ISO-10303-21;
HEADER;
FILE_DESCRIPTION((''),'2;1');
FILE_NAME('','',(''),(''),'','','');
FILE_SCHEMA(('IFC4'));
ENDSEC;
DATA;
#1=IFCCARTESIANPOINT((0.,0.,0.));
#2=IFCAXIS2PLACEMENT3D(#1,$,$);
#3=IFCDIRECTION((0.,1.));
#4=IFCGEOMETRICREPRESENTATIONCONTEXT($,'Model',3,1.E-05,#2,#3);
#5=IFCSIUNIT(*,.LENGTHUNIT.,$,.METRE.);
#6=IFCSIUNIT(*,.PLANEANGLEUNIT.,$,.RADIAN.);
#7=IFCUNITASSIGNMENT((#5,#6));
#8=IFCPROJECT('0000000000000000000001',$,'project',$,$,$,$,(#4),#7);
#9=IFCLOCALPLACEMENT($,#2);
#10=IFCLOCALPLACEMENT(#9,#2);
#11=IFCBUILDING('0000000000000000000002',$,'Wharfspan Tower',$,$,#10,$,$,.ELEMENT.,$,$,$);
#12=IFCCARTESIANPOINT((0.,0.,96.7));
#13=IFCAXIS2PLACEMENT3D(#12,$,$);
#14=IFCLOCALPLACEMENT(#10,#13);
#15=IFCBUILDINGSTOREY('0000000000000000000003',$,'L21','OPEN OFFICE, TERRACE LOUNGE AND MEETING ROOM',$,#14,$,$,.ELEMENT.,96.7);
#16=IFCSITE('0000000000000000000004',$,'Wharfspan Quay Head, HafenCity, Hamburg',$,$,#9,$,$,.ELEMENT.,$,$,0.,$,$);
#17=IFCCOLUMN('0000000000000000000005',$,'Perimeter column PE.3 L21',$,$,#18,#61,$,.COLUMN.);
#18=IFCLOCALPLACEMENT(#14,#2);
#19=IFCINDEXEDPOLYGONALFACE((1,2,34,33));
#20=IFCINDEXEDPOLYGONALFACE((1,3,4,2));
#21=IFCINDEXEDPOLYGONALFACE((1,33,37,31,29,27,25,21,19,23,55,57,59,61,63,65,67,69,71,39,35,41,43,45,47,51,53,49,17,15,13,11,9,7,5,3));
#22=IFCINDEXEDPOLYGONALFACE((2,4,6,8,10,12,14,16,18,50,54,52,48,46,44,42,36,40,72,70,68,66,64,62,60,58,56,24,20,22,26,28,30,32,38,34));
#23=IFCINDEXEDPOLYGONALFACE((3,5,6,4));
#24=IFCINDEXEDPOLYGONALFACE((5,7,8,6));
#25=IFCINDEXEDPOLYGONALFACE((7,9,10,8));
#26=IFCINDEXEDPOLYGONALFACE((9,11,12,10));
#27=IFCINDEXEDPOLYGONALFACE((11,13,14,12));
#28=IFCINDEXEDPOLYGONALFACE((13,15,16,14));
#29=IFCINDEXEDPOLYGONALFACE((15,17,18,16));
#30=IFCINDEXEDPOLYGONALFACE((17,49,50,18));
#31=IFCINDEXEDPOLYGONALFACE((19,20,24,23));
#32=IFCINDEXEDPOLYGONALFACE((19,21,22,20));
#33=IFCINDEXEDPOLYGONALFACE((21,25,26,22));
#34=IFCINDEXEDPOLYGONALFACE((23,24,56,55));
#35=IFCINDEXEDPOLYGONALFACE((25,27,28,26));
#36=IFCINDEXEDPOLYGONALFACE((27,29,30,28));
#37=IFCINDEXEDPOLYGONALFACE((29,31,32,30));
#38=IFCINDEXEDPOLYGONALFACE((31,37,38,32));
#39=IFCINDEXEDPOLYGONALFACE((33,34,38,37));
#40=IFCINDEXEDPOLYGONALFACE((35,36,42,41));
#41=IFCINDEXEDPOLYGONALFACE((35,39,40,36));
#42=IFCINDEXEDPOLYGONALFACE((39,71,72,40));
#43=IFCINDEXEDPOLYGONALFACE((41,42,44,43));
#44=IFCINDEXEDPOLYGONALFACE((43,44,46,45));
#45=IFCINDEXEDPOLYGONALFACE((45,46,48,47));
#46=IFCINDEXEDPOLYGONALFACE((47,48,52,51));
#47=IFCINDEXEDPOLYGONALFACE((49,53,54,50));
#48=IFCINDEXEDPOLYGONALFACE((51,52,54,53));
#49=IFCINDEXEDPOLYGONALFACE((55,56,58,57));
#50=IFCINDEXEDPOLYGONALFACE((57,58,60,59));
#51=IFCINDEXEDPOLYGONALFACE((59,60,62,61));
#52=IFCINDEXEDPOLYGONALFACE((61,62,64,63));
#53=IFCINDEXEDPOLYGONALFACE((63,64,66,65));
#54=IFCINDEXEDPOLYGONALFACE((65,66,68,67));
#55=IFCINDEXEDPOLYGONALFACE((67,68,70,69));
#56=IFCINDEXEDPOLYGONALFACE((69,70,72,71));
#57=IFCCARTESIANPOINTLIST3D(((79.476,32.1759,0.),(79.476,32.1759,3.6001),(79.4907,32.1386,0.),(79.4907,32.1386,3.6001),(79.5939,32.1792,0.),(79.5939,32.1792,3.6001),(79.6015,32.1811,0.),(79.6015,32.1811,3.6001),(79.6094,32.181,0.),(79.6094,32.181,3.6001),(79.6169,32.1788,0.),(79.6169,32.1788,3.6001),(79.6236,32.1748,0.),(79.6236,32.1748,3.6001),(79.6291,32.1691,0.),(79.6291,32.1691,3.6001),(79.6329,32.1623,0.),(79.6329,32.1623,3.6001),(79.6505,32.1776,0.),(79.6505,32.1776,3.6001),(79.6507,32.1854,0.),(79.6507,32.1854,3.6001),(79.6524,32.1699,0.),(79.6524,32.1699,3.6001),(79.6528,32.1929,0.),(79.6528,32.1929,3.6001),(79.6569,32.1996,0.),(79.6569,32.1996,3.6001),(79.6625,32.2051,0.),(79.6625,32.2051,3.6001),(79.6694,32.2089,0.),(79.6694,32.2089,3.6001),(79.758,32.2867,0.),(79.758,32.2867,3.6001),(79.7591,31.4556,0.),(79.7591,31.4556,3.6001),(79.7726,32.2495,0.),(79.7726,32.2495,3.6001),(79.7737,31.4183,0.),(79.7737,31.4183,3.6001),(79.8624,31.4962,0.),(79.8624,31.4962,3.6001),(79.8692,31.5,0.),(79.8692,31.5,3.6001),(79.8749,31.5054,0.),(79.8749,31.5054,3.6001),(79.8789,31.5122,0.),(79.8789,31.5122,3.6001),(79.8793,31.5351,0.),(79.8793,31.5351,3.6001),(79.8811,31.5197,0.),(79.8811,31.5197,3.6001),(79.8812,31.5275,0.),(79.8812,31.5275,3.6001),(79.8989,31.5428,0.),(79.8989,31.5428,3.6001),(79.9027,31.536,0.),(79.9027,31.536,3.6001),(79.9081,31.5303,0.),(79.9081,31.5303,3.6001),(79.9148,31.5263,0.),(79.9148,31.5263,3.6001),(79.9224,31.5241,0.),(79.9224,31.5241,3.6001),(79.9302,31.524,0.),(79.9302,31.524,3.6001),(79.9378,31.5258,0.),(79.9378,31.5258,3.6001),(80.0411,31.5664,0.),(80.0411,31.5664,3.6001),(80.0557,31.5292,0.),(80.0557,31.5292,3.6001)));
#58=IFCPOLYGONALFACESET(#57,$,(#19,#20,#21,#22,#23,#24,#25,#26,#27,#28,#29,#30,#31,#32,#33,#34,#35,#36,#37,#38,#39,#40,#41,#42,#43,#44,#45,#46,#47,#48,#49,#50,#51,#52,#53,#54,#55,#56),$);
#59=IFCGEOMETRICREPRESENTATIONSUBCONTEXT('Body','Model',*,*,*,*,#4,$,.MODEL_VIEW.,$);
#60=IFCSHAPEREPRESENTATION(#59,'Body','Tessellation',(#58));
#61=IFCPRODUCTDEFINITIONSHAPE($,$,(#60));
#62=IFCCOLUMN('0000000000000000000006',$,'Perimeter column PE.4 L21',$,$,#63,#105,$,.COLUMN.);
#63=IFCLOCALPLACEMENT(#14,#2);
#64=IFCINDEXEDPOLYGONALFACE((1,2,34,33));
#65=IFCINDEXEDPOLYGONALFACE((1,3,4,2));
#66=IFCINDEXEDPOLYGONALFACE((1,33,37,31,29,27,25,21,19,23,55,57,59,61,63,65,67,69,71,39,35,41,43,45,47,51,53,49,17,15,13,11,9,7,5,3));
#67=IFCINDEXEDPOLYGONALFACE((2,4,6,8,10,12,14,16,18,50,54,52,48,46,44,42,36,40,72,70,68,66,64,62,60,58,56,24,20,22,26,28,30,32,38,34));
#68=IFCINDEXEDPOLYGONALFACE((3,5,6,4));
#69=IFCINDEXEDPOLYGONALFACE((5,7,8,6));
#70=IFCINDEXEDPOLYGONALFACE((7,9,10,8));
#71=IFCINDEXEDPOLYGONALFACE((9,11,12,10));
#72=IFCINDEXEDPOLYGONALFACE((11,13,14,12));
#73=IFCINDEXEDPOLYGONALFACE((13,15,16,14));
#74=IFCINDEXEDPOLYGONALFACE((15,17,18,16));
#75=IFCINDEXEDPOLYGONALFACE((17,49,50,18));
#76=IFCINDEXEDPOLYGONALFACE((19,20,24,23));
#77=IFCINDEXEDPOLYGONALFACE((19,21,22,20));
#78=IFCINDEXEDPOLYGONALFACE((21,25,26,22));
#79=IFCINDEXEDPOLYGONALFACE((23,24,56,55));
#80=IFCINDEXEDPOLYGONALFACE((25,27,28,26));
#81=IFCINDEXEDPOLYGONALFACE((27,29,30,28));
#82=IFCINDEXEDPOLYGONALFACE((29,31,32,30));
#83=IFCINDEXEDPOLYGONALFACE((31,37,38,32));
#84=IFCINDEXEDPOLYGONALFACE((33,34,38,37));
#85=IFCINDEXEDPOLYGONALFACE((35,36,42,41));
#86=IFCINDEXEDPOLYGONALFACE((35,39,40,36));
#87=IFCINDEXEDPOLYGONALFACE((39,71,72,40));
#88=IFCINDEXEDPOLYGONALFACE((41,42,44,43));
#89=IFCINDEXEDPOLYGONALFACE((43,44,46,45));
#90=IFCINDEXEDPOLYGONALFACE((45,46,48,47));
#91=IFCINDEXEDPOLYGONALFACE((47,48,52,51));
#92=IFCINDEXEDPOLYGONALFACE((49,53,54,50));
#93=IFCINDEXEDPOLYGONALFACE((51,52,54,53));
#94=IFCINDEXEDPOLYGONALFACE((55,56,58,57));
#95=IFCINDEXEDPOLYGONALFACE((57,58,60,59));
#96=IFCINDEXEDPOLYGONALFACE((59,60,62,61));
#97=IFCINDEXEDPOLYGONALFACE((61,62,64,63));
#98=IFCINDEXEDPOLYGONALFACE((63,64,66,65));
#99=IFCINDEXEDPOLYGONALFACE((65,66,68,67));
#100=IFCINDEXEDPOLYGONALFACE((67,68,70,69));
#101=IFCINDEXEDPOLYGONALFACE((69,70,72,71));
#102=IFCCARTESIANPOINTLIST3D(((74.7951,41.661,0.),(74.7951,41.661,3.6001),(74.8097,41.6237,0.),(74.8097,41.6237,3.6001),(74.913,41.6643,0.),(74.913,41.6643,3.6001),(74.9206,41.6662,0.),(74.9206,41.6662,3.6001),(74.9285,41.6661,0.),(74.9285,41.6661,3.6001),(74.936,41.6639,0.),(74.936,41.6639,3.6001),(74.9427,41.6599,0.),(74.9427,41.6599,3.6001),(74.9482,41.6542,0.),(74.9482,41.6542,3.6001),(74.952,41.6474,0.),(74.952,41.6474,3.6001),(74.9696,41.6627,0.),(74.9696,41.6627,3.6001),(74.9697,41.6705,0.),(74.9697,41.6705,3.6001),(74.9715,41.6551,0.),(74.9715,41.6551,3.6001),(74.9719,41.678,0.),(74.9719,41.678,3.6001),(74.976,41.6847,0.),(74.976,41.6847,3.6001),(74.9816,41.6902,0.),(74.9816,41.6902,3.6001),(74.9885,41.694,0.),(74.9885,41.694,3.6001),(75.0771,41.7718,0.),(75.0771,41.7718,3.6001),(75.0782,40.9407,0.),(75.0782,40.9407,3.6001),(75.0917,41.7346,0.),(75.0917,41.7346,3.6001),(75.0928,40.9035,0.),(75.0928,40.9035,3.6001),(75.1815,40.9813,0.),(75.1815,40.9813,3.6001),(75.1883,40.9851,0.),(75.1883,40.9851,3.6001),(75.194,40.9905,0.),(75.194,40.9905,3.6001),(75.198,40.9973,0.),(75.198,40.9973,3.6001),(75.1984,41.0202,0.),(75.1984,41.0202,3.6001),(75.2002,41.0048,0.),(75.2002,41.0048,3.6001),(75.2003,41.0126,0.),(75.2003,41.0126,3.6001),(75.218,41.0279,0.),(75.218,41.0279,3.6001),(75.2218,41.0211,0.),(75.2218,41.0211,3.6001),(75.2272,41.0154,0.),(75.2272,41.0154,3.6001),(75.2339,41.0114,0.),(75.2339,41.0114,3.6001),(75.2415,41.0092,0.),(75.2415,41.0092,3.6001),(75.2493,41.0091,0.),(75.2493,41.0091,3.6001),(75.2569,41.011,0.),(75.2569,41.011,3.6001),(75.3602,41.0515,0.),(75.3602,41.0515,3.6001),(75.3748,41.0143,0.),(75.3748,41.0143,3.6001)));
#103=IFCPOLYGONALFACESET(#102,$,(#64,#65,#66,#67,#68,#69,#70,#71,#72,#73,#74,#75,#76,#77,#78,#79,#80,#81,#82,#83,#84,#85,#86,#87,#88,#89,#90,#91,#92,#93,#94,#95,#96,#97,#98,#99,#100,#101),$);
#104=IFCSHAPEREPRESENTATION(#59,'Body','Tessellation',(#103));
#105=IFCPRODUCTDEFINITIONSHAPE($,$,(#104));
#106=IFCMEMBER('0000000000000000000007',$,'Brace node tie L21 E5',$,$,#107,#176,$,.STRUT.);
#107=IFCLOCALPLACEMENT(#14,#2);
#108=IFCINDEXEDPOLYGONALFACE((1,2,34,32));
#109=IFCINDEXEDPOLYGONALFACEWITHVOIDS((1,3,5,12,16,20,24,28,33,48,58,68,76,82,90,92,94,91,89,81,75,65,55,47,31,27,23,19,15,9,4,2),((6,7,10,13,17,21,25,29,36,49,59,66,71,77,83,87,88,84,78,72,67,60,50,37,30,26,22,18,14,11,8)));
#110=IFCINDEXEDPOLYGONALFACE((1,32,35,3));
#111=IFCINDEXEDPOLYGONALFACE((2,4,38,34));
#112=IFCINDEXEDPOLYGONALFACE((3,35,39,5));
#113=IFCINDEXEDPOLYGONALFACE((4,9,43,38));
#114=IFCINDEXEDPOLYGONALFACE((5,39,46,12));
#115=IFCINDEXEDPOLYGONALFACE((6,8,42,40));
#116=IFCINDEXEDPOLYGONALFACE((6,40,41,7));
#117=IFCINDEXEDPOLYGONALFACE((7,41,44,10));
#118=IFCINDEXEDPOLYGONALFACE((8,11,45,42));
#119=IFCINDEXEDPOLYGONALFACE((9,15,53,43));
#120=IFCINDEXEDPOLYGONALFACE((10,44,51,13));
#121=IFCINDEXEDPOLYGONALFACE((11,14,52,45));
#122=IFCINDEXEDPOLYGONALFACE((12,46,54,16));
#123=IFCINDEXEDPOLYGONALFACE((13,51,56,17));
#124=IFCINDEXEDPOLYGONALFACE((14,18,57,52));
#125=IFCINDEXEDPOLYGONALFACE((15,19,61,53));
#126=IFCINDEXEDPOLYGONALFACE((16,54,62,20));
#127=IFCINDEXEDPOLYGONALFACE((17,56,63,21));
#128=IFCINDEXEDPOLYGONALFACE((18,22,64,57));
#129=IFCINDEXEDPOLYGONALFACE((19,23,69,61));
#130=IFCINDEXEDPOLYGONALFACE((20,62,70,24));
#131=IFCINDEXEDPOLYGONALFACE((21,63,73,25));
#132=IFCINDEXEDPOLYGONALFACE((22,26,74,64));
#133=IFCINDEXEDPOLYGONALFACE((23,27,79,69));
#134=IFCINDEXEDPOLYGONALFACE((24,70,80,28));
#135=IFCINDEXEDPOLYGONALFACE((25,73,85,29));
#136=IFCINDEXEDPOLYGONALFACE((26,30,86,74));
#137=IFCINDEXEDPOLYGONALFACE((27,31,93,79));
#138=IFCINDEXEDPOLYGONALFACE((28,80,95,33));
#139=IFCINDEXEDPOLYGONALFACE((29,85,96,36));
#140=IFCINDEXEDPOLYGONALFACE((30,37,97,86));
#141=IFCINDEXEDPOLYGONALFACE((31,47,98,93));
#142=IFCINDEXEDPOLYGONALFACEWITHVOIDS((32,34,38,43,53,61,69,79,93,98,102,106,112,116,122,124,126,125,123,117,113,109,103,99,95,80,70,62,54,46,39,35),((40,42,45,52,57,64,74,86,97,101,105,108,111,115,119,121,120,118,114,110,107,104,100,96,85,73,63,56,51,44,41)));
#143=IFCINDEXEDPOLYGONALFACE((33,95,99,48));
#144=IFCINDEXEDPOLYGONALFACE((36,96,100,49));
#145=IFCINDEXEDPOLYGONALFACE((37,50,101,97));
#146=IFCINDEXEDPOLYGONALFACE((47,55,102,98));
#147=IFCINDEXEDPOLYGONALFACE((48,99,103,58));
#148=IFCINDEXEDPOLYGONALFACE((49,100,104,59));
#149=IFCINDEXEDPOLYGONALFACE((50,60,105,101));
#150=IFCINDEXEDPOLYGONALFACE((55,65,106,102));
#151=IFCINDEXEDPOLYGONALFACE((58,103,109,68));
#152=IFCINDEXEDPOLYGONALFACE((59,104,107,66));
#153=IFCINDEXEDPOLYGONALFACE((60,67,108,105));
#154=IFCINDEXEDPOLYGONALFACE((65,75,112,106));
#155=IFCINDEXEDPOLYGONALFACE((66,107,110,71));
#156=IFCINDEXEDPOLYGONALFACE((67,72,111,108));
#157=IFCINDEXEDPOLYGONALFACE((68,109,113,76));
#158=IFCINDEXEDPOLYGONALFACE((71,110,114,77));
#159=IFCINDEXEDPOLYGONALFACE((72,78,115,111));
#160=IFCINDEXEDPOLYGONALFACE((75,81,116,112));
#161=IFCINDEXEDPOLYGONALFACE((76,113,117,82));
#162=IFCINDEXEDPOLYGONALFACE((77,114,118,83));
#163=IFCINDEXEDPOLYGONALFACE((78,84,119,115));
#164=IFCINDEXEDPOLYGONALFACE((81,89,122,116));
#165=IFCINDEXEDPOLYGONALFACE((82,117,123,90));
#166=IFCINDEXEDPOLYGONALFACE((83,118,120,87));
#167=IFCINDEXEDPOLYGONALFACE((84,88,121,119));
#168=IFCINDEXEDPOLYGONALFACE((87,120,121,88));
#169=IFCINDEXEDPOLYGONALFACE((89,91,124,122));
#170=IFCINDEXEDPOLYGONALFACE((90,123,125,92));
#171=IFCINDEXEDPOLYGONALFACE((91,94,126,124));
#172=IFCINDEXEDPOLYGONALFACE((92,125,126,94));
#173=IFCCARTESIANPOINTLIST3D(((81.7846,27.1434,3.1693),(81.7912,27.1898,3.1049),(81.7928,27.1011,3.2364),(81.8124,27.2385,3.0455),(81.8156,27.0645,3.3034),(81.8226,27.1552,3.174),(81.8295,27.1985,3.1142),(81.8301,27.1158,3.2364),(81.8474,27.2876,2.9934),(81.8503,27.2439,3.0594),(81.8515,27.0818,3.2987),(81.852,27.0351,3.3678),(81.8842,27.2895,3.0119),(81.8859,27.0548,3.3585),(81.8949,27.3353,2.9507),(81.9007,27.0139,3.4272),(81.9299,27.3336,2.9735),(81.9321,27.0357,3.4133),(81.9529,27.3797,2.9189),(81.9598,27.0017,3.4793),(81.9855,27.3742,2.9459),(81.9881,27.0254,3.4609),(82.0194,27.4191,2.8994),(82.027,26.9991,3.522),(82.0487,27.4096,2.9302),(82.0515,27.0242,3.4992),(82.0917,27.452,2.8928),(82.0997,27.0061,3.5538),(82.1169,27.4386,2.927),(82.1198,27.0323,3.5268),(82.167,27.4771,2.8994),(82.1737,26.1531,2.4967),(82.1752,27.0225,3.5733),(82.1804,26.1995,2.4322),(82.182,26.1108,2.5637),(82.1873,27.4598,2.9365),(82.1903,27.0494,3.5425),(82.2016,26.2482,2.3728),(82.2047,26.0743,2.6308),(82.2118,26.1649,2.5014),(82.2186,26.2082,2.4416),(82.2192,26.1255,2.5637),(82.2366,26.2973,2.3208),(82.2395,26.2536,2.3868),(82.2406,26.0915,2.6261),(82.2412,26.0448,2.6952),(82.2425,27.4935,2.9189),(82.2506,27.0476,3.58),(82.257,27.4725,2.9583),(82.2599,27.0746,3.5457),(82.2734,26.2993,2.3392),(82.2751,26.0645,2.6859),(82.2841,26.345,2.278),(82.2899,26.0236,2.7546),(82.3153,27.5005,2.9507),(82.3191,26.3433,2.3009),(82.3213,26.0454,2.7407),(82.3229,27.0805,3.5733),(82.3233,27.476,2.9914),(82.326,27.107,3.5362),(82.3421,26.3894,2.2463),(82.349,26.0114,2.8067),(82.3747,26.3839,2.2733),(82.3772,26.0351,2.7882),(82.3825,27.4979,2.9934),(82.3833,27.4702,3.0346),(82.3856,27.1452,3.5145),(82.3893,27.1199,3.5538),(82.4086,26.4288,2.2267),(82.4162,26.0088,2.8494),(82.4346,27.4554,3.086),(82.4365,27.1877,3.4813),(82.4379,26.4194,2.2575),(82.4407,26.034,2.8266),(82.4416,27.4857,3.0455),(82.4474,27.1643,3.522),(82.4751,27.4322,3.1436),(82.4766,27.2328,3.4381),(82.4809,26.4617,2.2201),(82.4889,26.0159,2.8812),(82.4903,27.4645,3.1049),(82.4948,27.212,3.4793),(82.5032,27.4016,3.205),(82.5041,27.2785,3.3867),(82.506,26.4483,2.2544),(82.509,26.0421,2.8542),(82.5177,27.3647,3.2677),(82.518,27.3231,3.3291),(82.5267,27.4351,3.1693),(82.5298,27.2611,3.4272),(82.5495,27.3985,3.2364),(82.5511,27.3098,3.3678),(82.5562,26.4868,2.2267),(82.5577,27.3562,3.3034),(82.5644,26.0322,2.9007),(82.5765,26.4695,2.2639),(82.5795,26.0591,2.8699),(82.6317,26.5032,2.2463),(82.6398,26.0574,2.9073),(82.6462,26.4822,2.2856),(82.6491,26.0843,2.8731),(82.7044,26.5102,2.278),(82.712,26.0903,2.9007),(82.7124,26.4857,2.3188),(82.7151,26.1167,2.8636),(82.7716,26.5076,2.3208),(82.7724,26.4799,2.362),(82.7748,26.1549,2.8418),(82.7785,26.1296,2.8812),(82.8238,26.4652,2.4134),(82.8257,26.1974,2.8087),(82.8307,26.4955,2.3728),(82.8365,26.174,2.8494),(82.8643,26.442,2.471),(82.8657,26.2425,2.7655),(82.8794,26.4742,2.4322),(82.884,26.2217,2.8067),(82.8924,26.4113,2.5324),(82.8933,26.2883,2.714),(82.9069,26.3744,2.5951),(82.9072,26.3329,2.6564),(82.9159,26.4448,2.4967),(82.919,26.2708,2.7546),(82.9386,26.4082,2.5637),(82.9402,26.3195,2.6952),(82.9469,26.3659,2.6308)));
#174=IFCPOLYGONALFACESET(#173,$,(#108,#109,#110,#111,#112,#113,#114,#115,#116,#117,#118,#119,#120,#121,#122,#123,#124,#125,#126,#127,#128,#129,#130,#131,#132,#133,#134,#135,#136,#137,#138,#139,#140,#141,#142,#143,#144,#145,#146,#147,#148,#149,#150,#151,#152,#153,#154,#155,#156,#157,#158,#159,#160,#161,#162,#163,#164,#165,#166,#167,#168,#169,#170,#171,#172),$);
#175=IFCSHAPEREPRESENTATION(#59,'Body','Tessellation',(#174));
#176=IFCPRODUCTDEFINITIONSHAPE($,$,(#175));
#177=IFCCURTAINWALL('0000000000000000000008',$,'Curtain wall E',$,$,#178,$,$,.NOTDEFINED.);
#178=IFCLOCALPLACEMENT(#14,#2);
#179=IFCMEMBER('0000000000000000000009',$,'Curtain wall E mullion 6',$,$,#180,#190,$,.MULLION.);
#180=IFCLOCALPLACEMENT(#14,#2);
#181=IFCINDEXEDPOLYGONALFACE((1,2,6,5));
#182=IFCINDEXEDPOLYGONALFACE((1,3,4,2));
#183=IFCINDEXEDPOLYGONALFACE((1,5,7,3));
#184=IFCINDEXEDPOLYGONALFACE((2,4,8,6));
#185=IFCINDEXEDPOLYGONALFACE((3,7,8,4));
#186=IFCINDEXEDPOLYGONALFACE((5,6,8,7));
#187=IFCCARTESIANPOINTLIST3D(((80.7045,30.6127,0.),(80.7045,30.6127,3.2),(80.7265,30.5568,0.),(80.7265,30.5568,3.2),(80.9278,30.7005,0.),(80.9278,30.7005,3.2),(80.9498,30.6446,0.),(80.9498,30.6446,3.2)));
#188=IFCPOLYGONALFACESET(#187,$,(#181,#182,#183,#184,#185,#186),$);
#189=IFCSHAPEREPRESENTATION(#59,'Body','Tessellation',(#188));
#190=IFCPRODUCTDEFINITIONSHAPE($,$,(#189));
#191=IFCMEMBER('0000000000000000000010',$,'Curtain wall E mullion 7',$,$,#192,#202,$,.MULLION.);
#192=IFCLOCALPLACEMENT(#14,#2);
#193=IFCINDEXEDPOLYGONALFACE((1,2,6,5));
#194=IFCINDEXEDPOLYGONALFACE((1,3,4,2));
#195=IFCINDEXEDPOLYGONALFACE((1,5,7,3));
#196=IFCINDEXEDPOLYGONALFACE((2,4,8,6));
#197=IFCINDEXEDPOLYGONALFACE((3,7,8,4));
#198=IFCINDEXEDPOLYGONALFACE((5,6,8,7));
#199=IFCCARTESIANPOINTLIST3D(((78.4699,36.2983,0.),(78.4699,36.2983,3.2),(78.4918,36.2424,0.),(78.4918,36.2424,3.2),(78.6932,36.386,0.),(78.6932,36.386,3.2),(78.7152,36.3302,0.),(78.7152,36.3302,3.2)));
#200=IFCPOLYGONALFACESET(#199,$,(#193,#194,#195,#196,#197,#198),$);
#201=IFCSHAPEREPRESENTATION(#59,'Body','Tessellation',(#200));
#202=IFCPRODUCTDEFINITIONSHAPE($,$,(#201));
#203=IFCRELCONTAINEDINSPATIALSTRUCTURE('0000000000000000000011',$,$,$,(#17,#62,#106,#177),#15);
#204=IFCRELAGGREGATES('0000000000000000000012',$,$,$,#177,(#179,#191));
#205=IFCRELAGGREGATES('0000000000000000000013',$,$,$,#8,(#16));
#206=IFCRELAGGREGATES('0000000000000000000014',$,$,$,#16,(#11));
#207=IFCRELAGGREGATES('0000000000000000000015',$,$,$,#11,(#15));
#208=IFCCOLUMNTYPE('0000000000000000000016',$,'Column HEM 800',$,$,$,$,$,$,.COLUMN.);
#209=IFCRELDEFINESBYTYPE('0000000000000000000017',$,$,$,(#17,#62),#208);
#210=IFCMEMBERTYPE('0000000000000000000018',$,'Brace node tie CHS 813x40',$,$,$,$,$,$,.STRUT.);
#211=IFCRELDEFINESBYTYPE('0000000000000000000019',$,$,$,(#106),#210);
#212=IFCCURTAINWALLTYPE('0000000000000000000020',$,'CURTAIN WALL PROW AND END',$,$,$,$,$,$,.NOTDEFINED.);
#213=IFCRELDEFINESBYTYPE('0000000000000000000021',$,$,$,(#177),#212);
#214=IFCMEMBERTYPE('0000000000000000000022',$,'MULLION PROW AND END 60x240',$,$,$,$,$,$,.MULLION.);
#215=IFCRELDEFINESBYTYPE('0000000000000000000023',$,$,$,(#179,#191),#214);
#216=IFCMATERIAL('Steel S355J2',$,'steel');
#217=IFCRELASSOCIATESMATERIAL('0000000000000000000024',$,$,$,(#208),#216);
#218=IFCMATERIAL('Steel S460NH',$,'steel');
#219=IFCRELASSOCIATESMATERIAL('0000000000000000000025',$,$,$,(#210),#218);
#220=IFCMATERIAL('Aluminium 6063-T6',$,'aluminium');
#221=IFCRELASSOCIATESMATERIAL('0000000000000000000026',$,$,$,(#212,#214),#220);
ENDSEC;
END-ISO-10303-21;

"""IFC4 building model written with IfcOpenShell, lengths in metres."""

from ifc_helpers import new_model, si_unit, direction, frame, origin, origin_2d, place, context, subcontext, project, spatial, rectangle, hollow_circle, i_section, extrude, material, material_profile, profile_set, type_object, element, aggregate, save


model = new_model("IFC4")

# Units and contexts
model_context = context("Model", 3, precision=1e-05, world=origin(), true_north=direction((0.0, 1.0)))
body_context = subcontext(model_context, "Body", "Model", "MODEL_VIEW")
ifc_project = project(units=[si_unit("LENGTHUNIT", "METRE"), si_unit("PLANEANGLEUNIT", "RADIAN")], contexts=[model_context])

# Site, building, storey
site_placement = place(None, origin())
site = spatial("IfcSite", under=ifc_project, at=site_placement, Name="Wharfspan Quay Head, HafenCity, Hamburg", CompositionType="ELEMENT", RefElevation=0.0)
building_placement = place(site_placement, origin())
building = spatial("IfcBuilding", under=site, at=building_placement, Name="Wharfspan Tower", CompositionType="ELEMENT")
storey_placement = place(building_placement, frame((0.0, 0.0, 96.7)))
storey = spatial("IfcBuildingStorey", under=building, at=storey_placement, Name="L21", Description="OPEN OFFICE, TERRACE LOUNGE AND MEETING ROOM", CompositionType="ELEMENT", Elevation=96.7)

# Columns
ifc_material_1 = material(Name="Steel S355J2", Category="steel")
ifc_material_profile_1 = material_profile(ifc_material_1, i_section(OverallWidth=0.303, OverallDepth=0.814, WebThickness=0.021, FlangeThickness=0.04, FilletRadius=0.03, at=origin_2d()))
ifc_profile_set_1 = profile_set([ifc_material_profile_1], Name="Steel S355J2")
column_type = type_object("IfcColumnType", Name="Column HEM 800", PredefinedType="COLUMN", material=ifc_profile_set_1)
for number, where, z_axis, x_axis, name in (
    (1, (79.7659, 31.8525, 0.0), (0.0, 0.0, 1.0), (0.930702, 0.365778, 0.0), "Perimeter column PE.3 L21"),
    (2, (75.085, 41.3376, 0.0), (0.0, 0.0, 1.0), (0.930702, 0.365778, 0.0), "Perimeter column PE.4 L21"),
):
    element("IfcColumn", number, at=place(storey_placement, frame(where, z_axis=z_axis, x_axis=x_axis)), inside=storey, type_object=column_type, Name=name, PredefinedType="COLUMN", context=body_context, shape_type="SweptSolid", body=[
        extrude(i_section(OverallWidth=0.303, OverallDepth=0.814, WebThickness=0.021, FlangeThickness=0.04, FilletRadius=0.03, at=origin_2d()), origin(), (0.0, 0.0, 1.0), 3.6001),
    ])

# Member
ifc_material_2 = material(Name="Steel S460NH", Category="steel")
ifc_material_profile_2 = material_profile(ifc_material_2, hollow_circle(Radius=0.4065, WallThickness=0.04, at=origin_2d()))
ifc_profile_set_2 = profile_set([ifc_material_profile_2], Name="Steel S460NH")
member_type_1 = type_object("IfcMemberType", Name="Brace node tie CHS 813x40", PredefinedType="STRUT", material=ifc_profile_set_2)
member_1_placement = place(storey_placement, frame((82.5603, 26.2595, 2.5637), z_axis=(-0.309168, 0.786691, 0.534352), x_axis=(-0.930707, -0.365766, 0.0)))
element("IfcMember", 3, at=member_1_placement, inside=storey, type_object=member_type_1, Name="Brace node tie L21 E5", PredefinedType="STRUT", context=body_context, shape_type="SweptSolid", body=[
    extrude(hollow_circle(Radius=0.4065, WallThickness=0.04, at=origin_2d()), origin(), (0.0, 0.0, 1.0), 1.2588),
])

# Curtain wall, members
ifc_material_3 = material(Name="Aluminium 6063-T6", Category="aluminium")
curtain_wall_type = type_object("IfcCurtainWallType", Name="CURTAIN WALL PROW AND END", PredefinedType="NOTDEFINED", material=ifc_material_3)
curtain_wall_1_placement = place(storey_placement, origin())
curtain_wall_1 = element("IfcCurtainWall", 4, at=curtain_wall_1_placement, inside=storey, type_object=curtain_wall_type, Name="Curtain wall E", PredefinedType="NOTDEFINED")
ifc_material_profile_3 = material_profile(ifc_material_3, rectangle(XDim=0.24, YDim=0.0601, at=origin_2d()))
ifc_profile_set_3 = profile_set([ifc_material_profile_3], Name="Aluminium 6063-T6")
member_type_2 = type_object("IfcMemberType", Name="MULLION PROW AND END 60x240", PredefinedType="MULLION", material=ifc_profile_set_3)
member_2_placement = place(storey_placement, frame((80.8271, 30.6287, 0.0), z_axis=(0.0, 0.0, 1.0), x_axis=(-0.930702, -0.365778, 0.0)))
member_2 = element("IfcMember", 5, at=member_2_placement, type_object=member_type_2, Name="Curtain wall E mullion 6", PredefinedType="MULLION", context=body_context, shape_type="SweptSolid", body=[
    extrude(rectangle(XDim=0.24, YDim=0.0601, at=origin_2d()), origin(), (0.0, 0.0, 1.0), 3.2),
])
member_3_placement = place(storey_placement, frame((78.5925, 36.3142, 0.0), z_axis=(0.0, 0.0, 1.0), x_axis=(-0.930702, -0.365778, 0.0)))
member_3 = element("IfcMember", 6, at=member_3_placement, type_object=member_type_2, Name="Curtain wall E mullion 7", PredefinedType="MULLION", context=body_context, shape_type="SweptSolid", body=[
    extrude(rectangle(XDim=0.24, YDim=0.0601, at=origin_2d()), origin(), (0.0, 0.0, 1.0), 3.2),
])

aggregate(curtain_wall_1, [member_2, member_3])

save(model, "model.ifc")
